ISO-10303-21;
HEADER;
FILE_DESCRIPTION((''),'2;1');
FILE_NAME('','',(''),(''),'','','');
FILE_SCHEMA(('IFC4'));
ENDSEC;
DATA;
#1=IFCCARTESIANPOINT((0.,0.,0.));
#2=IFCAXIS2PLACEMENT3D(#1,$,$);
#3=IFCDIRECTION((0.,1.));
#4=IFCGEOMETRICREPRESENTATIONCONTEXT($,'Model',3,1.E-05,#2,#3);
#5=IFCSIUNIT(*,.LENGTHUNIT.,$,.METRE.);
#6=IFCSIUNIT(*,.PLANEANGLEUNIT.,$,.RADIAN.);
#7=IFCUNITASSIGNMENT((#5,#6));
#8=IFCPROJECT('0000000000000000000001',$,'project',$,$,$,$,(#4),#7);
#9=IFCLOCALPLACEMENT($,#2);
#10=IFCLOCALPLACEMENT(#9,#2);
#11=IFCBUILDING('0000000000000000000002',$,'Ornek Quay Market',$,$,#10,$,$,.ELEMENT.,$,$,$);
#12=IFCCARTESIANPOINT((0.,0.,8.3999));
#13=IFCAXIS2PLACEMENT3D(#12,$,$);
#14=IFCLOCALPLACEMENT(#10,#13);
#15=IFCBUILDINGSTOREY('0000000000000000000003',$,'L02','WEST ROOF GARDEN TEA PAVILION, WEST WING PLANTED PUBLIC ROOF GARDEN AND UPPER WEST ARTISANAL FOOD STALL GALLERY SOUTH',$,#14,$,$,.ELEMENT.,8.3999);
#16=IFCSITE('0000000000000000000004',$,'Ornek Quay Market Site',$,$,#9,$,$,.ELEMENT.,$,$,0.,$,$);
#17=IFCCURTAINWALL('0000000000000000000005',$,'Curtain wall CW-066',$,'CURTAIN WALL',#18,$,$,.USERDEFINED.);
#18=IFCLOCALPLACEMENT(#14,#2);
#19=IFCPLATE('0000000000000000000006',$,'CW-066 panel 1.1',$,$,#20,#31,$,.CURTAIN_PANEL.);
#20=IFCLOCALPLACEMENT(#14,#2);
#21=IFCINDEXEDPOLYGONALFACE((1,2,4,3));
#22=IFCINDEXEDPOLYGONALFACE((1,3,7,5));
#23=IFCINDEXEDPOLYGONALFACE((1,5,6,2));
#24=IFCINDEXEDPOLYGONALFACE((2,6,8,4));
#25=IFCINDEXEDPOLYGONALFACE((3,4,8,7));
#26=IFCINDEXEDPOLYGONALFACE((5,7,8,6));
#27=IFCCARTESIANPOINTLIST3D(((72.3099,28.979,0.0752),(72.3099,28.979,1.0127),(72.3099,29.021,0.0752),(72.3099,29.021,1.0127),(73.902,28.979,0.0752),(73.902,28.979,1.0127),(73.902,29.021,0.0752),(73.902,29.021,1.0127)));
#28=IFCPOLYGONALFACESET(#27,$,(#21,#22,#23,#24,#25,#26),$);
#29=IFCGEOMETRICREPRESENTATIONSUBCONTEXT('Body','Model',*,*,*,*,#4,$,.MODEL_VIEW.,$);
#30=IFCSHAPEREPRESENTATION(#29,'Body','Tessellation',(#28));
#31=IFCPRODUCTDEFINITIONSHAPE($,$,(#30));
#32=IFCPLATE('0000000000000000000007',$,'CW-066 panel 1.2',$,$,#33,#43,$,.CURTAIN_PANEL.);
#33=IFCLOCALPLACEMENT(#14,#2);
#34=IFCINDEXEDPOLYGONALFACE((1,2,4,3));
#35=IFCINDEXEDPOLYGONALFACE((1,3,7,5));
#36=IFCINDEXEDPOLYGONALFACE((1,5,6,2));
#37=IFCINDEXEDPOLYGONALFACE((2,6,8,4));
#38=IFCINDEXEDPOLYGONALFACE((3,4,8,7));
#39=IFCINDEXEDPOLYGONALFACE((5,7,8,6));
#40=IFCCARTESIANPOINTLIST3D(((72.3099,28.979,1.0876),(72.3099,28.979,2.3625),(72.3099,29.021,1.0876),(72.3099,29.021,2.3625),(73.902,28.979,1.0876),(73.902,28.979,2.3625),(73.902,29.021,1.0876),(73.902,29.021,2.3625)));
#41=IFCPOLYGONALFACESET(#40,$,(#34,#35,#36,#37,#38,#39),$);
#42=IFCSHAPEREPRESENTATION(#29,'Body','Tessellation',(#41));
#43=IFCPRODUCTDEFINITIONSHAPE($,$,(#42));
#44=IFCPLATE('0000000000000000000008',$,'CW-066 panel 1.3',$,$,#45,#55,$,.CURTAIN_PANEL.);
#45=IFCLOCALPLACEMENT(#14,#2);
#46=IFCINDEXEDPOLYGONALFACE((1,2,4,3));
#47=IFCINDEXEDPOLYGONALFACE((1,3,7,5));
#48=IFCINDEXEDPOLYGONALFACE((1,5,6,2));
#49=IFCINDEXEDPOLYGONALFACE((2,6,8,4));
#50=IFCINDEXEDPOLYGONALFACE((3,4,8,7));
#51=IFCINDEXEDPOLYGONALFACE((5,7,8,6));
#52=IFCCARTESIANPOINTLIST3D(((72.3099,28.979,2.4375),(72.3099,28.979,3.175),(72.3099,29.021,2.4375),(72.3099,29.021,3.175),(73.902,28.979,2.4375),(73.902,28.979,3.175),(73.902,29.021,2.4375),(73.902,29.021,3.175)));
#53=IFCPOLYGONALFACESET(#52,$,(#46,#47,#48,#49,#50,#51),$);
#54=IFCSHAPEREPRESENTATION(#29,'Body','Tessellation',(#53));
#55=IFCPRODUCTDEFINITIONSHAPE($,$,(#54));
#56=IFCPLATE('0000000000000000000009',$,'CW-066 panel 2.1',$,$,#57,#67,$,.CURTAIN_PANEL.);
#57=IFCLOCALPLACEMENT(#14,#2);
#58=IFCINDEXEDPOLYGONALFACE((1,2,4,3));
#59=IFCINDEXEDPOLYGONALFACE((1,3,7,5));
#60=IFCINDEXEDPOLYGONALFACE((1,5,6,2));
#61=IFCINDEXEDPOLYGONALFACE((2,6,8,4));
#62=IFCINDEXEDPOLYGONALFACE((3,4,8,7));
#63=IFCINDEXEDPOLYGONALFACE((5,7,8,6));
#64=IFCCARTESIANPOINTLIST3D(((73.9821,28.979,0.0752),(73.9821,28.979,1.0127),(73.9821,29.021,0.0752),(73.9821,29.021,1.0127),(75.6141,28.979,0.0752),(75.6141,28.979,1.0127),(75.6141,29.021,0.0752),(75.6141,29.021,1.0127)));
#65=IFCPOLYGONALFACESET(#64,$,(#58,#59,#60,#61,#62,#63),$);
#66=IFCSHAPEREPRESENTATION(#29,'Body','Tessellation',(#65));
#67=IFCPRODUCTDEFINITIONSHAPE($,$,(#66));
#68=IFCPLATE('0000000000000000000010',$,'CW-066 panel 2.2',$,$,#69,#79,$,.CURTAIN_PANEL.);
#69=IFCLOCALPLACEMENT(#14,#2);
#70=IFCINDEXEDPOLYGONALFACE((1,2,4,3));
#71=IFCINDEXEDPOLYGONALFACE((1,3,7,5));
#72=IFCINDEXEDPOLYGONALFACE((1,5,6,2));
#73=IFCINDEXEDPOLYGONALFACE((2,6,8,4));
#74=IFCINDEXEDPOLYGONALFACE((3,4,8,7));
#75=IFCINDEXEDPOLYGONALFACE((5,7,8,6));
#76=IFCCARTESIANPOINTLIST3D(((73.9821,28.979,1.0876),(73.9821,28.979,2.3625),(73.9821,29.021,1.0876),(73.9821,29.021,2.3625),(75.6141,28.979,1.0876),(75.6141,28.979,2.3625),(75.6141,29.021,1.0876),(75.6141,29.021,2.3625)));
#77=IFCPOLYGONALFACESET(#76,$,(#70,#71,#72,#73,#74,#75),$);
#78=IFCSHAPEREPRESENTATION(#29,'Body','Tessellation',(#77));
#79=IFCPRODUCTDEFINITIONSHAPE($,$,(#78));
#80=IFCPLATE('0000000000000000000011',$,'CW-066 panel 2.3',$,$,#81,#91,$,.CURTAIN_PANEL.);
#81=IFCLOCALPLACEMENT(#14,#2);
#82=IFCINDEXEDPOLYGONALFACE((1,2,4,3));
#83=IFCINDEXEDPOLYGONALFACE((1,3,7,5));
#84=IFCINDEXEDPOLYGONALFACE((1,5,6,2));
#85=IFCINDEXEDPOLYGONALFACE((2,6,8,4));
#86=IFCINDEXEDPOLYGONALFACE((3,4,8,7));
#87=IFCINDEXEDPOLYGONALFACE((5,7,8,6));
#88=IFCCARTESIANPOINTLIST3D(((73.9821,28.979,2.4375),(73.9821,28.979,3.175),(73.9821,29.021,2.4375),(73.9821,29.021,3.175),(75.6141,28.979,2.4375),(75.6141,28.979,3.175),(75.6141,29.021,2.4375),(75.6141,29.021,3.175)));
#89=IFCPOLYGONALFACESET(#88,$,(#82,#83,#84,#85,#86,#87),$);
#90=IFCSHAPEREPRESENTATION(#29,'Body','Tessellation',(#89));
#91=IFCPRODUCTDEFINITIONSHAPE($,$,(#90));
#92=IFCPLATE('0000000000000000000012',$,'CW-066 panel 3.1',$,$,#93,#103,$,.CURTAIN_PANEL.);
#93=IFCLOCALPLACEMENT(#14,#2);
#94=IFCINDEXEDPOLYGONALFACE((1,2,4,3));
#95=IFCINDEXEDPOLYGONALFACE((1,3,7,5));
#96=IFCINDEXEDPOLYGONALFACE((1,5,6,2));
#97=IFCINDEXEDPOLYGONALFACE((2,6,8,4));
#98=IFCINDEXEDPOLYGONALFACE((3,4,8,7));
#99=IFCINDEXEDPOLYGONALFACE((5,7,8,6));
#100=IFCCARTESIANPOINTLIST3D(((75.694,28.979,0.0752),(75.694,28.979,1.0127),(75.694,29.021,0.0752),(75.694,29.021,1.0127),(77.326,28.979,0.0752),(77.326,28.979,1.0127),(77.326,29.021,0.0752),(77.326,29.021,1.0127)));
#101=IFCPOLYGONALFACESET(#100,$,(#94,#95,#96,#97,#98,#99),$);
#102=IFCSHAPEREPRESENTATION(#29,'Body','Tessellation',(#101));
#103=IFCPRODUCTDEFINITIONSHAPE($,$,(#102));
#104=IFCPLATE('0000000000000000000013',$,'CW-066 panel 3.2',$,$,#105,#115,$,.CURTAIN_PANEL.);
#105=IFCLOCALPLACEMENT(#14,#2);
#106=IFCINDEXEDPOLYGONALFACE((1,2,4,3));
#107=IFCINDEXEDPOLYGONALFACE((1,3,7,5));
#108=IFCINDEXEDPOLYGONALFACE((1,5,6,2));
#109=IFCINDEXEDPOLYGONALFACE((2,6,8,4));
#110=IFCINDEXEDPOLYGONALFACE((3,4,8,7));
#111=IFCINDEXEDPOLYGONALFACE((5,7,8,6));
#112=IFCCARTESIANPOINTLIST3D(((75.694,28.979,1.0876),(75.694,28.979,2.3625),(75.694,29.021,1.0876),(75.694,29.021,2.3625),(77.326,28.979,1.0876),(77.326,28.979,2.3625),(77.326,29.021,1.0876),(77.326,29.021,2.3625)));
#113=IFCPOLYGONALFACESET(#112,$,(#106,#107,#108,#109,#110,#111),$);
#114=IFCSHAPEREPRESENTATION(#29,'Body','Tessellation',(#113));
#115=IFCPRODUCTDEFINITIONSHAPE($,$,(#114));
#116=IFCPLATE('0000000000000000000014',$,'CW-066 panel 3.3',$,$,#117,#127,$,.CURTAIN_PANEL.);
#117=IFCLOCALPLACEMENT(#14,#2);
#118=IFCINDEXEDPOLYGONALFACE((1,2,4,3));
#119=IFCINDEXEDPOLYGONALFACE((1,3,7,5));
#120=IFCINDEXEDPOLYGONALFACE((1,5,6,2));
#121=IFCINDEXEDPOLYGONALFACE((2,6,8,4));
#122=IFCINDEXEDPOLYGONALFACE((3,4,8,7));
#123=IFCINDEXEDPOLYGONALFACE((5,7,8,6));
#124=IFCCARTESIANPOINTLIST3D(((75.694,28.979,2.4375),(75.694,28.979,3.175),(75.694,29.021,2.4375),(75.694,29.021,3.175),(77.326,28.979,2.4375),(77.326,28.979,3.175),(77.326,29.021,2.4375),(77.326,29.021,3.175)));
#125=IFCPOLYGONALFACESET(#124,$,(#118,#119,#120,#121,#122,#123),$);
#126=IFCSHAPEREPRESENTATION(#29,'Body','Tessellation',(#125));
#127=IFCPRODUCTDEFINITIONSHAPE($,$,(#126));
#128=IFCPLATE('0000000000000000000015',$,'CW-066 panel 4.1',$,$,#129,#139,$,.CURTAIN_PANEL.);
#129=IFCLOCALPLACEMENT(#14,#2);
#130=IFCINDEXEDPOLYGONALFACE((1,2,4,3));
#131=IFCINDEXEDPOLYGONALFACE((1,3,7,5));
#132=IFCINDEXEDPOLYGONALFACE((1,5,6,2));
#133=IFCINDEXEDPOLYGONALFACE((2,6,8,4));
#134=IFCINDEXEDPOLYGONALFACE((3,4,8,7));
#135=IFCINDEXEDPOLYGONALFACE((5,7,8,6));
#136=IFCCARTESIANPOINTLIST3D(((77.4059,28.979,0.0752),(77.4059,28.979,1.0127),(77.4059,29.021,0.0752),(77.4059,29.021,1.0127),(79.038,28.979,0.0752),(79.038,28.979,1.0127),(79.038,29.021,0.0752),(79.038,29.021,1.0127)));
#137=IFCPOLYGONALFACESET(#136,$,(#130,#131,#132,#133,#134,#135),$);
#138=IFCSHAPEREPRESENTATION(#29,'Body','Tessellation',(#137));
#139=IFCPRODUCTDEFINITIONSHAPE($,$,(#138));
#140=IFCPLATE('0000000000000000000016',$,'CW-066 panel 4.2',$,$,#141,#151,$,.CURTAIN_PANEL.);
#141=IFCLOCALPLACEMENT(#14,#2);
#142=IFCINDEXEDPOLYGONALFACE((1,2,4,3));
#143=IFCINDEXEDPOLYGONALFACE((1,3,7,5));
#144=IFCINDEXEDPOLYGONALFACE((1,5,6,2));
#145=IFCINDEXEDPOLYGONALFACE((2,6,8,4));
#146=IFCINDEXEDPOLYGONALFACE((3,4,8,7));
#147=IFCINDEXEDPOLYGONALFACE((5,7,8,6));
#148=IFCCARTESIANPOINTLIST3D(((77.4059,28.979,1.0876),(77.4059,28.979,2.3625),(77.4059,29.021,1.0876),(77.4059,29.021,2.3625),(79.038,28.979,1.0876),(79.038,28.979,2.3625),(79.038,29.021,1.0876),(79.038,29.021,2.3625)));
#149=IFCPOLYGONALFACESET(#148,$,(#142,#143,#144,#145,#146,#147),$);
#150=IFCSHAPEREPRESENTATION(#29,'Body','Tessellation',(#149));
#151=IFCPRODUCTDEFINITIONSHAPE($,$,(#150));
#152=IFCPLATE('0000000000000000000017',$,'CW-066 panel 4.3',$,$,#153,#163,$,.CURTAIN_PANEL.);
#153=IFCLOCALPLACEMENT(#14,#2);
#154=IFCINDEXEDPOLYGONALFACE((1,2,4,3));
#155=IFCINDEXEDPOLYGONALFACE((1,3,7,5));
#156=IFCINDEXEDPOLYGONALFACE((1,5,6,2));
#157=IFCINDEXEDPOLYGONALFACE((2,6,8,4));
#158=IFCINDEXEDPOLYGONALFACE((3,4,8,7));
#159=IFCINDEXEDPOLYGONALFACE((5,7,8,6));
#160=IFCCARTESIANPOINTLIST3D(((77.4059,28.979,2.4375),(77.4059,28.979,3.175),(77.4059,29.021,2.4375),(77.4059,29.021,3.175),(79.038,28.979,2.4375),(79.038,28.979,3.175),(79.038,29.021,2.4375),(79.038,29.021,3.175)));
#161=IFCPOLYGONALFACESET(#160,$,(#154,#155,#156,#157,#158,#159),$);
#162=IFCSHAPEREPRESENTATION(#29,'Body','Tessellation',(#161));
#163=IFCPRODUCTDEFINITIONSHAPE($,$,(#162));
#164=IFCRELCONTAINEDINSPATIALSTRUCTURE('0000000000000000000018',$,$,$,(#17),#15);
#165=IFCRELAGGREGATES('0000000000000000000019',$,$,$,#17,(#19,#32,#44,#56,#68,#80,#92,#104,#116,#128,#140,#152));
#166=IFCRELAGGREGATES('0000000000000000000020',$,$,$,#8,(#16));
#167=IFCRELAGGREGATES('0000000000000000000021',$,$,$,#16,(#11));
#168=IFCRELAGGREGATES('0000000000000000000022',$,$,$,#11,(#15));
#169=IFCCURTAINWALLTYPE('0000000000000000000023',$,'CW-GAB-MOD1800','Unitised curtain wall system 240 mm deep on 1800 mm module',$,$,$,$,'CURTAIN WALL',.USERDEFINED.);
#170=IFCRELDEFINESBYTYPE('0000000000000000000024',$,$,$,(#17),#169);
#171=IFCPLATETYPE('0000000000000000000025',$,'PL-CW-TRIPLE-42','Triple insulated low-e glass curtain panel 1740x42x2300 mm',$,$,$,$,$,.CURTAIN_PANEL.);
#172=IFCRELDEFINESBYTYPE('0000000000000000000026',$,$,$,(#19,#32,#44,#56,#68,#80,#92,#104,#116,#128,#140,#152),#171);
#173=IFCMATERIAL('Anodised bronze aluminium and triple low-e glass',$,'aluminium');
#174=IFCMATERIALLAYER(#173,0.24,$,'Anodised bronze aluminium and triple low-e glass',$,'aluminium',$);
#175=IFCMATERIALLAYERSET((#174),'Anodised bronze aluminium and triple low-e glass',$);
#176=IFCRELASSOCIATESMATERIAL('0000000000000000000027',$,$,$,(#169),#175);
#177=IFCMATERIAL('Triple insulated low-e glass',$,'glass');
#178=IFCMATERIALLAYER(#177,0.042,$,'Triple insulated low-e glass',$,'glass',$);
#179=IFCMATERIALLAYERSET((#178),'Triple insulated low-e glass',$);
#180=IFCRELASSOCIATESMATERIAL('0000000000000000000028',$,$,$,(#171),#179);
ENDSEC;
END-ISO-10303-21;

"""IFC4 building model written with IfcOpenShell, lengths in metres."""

from ifc_helpers import new_model, si_unit, direction, frame, origin, origin_2d, place, context, subcontext, project, spatial, rectangle, extrude, material, layer, layer_set, type_object, element, aggregate, save


model = new_model("IFC4")

# Units and contexts
model_context = context("Model", 3, precision=1e-05, world=origin(), true_north=direction((0.0, 1.0)))
body_context = subcontext(model_context, "Body", "Model", "MODEL_VIEW")
ifc_project = project(units=[si_unit("LENGTHUNIT", "METRE"), si_unit("PLANEANGLEUNIT", "RADIAN")], contexts=[model_context])

# Site, building, storey
site_placement = place(None, origin())
site = spatial("IfcSite", under=ifc_project, at=site_placement, Name="Ornek Quay Market Site", CompositionType="ELEMENT", RefElevation=0.0)
building_placement = place(site_placement, origin())
building = spatial("IfcBuilding", under=site, at=building_placement, Name="Ornek Quay Market", CompositionType="ELEMENT")
storey_placement = place(building_placement, frame((0.0, 0.0, 8.3999)))
storey = spatial("IfcBuildingStorey", under=building, at=storey_placement, Name="L02", Description="WEST ROOF GARDEN TEA PAVILION, WEST WING PLANTED PUBLIC ROOF GARDEN AND UPPER WEST ARTISANAL FOOD STALL GALLERY SOUTH", CompositionType="ELEMENT", Elevation=8.3999)

# Curtain wall, plates
ifc_material_1 = material(Name="Anodised bronze aluminium and triple low-e glass", Category="aluminium")
ifc_layer_1 = layer(ifc_material_1, 0.24, Name="Anodised bronze aluminium and triple low-e glass", Category="aluminium")
ifc_layer_set_1 = layer_set([ifc_layer_1], Name="Anodised bronze aluminium and triple low-e glass")
curtain_wall_type = type_object("IfcCurtainWallType", Name="CW-GAB-MOD1800", Description="Unitised curtain wall system 240 mm deep on 1800 mm module", ElementType="CURTAIN WALL", PredefinedType="USERDEFINED", material=ifc_layer_set_1)
curtain_wall_placement = place(storey_placement, origin())
curtain_wall = element("IfcCurtainWall", 1, at=curtain_wall_placement, inside=storey, type_object=curtain_wall_type, Name="Curtain wall CW-066", ObjectType="CURTAIN WALL", PredefinedType="USERDEFINED")
ifc_material_2 = material(Name="Triple insulated low-e glass", Category="glass")
ifc_layer_2 = layer(ifc_material_2, 0.042, Name="Triple insulated low-e glass", Category="glass")
ifc_layer_set_2 = layer_set([ifc_layer_2], Name="Triple insulated low-e glass")
plate_type = type_object("IfcPlateType", Name="PL-CW-TRIPLE-42", Description="Triple insulated low-e glass curtain panel 1740x42x2300 mm", PredefinedType="CURTAIN_PANEL", material=ifc_layer_set_2)
plate_1_placement = place(storey_placement, frame((73.106, 29.0, 0.0752), z_axis=(0.0, 0.0, 1.0), x_axis=(1.0, 0.0, 0.0)))
plate_1 = element("IfcPlate", 2, at=plate_1_placement, type_object=plate_type, Name="CW-066 panel 1.1", PredefinedType="CURTAIN_PANEL", context=body_context, shape_type="SweptSolid", body=[
    extrude(rectangle(XDim=1.592, YDim=0.042, at=origin_2d()), origin(), (0.0, 0.0, 1.0), 0.9375),
])
plate_2_placement = place(storey_placement, frame((73.106, 29.0, 1.0876), z_axis=(0.0, 0.0, 1.0), x_axis=(1.0, 0.0, 0.0)))
plate_2 = element("IfcPlate", 3, at=plate_2_placement, type_object=plate_type, Name="CW-066 panel 1.2", PredefinedType="CURTAIN_PANEL", context=body_context, shape_type="SweptSolid", body=[
    extrude(rectangle(XDim=1.592, YDim=0.042, at=origin_2d()), origin(), (0.0, 0.0, 1.0), 1.2749),
])
plate_3_placement = place(storey_placement, frame((73.106, 29.0, 2.4375), z_axis=(0.0, 0.0, 1.0), x_axis=(1.0, 0.0, 0.0)))
plate_3 = element("IfcPlate", 4, at=plate_3_placement, type_object=plate_type, Name="CW-066 panel 1.3", PredefinedType="CURTAIN_PANEL", context=body_context, shape_type="SweptSolid", body=[
    extrude(rectangle(XDim=1.592, YDim=0.042, at=origin_2d()), origin(), (0.0, 0.0, 1.0), 0.7375),
])
plate_4_placement = place(storey_placement, frame((74.7981, 29.0, 0.0752), z_axis=(0.0, 0.0, 1.0), x_axis=(1.0, 0.0, 0.0)))
plate_4 = element("IfcPlate", 5, at=plate_4_placement, type_object=plate_type, Name="CW-066 panel 2.1", PredefinedType="CURTAIN_PANEL", context=body_context, shape_type="SweptSolid", body=[
    extrude(rectangle(XDim=1.6321, YDim=0.042, at=origin_2d()), origin(), (0.0, 0.0, 1.0), 0.9375),
])
plate_5_placement = place(storey_placement, frame((74.7981, 29.0, 1.0876), z_axis=(0.0, 0.0, 1.0), x_axis=(1.0, 0.0, 0.0)))
plate_5 = element("IfcPlate", 6, at=plate_5_placement, type_object=plate_type, Name="CW-066 panel 2.2", PredefinedType="CURTAIN_PANEL", context=body_context, shape_type="SweptSolid", body=[
    extrude(rectangle(XDim=1.6321, YDim=0.042, at=origin_2d()), origin(), (0.0, 0.0, 1.0), 1.2749),
])
plate_6_placement = place(storey_placement, frame((74.7981, 29.0, 2.4375), z_axis=(0.0, 0.0, 1.0), x_axis=(1.0, 0.0, 0.0)))
plate_6 = element("IfcPlate", 7, at=plate_6_placement, type_object=plate_type, Name="CW-066 panel 2.3", PredefinedType="CURTAIN_PANEL", context=body_context, shape_type="SweptSolid", body=[
    extrude(rectangle(XDim=1.6321, YDim=0.042, at=origin_2d()), origin(), (0.0, 0.0, 1.0), 0.7375),
])
plate_7_placement = place(storey_placement, frame((76.51, 29.0, 0.0752), z_axis=(0.0, 0.0, 1.0), x_axis=(1.0, 0.0, 0.0)))
plate_7 = element("IfcPlate", 8, at=plate_7_placement, type_object=plate_type, Name="CW-066 panel 3.1", PredefinedType="CURTAIN_PANEL", context=body_context, shape_type="SweptSolid", body=[
    extrude(rectangle(XDim=1.6321, YDim=0.042, at=origin_2d()), origin(), (0.0, 0.0, 1.0), 0.9375),
])
plate_8_placement = place(storey_placement, frame((76.51, 29.0, 1.0876), z_axis=(0.0, 0.0, 1.0), x_axis=(1.0, 0.0, 0.0)))
plate_8 = element("IfcPlate", 9, at=plate_8_placement, type_object=plate_type, Name="CW-066 panel 3.2", PredefinedType="CURTAIN_PANEL", context=body_context, shape_type="SweptSolid", body=[
    extrude(rectangle(XDim=1.6321, YDim=0.042, at=origin_2d()), origin(), (0.0, 0.0, 1.0), 1.2749),
])
plate_9_placement = place(storey_placement, frame((76.51, 29.0, 2.4375), z_axis=(0.0, 0.0, 1.0), x_axis=(1.0, 0.0, 0.0)))
plate_9 = element("IfcPlate", 10, at=plate_9_placement, type_object=plate_type, Name="CW-066 panel 3.3", PredefinedType="CURTAIN_PANEL", context=body_context, shape_type="SweptSolid", body=[
    extrude(rectangle(XDim=1.6321, YDim=0.042, at=origin_2d()), origin(), (0.0, 0.0, 1.0), 0.7375),
])
plate_10_placement = place(storey_placement, frame((78.2219, 29.0, 0.0752), z_axis=(0.0, 0.0, 1.0), x_axis=(1.0, 0.0, 0.0)))
plate_10 = element("IfcPlate", 11, at=plate_10_placement, type_object=plate_type, Name="CW-066 panel 4.1", PredefinedType="CURTAIN_PANEL", context=body_context, shape_type="SweptSolid", body=[
    extrude(rectangle(XDim=1.6321, YDim=0.042, at=origin_2d()), origin(), (0.0, 0.0, 1.0), 0.9375),
])
plate_11_placement = place(storey_placement, frame((78.2219, 29.0, 1.0876), z_axis=(0.0, 0.0, 1.0), x_axis=(1.0, 0.0, 0.0)))
plate_11 = element("IfcPlate", 12, at=plate_11_placement, type_object=plate_type, Name="CW-066 panel 4.2", PredefinedType="CURTAIN_PANEL", context=body_context, shape_type="SweptSolid", body=[
    extrude(rectangle(XDim=1.6321, YDim=0.042, at=origin_2d()), origin(), (0.0, 0.0, 1.0), 1.2749),
])
plate_12_placement = place(storey_placement, frame((78.2219, 29.0, 2.4375), z_axis=(0.0, 0.0, 1.0), x_axis=(1.0, 0.0, 0.0)))
plate_12 = element("IfcPlate", 13, at=plate_12_placement, type_object=plate_type, Name="CW-066 panel 4.3", PredefinedType="CURTAIN_PANEL", context=body_context, shape_type="SweptSolid", body=[
    extrude(rectangle(XDim=1.6321, YDim=0.042, at=origin_2d()), origin(), (0.0, 0.0, 1.0), 0.7375),
])
aggregate(curtain_wall, [plate_1, plate_2, plate_3, plate_4, plate_5, plate_6, plate_7, plate_8, plate_9, plate_10, plate_11, plate_12])

save(model, "model.ifc")
